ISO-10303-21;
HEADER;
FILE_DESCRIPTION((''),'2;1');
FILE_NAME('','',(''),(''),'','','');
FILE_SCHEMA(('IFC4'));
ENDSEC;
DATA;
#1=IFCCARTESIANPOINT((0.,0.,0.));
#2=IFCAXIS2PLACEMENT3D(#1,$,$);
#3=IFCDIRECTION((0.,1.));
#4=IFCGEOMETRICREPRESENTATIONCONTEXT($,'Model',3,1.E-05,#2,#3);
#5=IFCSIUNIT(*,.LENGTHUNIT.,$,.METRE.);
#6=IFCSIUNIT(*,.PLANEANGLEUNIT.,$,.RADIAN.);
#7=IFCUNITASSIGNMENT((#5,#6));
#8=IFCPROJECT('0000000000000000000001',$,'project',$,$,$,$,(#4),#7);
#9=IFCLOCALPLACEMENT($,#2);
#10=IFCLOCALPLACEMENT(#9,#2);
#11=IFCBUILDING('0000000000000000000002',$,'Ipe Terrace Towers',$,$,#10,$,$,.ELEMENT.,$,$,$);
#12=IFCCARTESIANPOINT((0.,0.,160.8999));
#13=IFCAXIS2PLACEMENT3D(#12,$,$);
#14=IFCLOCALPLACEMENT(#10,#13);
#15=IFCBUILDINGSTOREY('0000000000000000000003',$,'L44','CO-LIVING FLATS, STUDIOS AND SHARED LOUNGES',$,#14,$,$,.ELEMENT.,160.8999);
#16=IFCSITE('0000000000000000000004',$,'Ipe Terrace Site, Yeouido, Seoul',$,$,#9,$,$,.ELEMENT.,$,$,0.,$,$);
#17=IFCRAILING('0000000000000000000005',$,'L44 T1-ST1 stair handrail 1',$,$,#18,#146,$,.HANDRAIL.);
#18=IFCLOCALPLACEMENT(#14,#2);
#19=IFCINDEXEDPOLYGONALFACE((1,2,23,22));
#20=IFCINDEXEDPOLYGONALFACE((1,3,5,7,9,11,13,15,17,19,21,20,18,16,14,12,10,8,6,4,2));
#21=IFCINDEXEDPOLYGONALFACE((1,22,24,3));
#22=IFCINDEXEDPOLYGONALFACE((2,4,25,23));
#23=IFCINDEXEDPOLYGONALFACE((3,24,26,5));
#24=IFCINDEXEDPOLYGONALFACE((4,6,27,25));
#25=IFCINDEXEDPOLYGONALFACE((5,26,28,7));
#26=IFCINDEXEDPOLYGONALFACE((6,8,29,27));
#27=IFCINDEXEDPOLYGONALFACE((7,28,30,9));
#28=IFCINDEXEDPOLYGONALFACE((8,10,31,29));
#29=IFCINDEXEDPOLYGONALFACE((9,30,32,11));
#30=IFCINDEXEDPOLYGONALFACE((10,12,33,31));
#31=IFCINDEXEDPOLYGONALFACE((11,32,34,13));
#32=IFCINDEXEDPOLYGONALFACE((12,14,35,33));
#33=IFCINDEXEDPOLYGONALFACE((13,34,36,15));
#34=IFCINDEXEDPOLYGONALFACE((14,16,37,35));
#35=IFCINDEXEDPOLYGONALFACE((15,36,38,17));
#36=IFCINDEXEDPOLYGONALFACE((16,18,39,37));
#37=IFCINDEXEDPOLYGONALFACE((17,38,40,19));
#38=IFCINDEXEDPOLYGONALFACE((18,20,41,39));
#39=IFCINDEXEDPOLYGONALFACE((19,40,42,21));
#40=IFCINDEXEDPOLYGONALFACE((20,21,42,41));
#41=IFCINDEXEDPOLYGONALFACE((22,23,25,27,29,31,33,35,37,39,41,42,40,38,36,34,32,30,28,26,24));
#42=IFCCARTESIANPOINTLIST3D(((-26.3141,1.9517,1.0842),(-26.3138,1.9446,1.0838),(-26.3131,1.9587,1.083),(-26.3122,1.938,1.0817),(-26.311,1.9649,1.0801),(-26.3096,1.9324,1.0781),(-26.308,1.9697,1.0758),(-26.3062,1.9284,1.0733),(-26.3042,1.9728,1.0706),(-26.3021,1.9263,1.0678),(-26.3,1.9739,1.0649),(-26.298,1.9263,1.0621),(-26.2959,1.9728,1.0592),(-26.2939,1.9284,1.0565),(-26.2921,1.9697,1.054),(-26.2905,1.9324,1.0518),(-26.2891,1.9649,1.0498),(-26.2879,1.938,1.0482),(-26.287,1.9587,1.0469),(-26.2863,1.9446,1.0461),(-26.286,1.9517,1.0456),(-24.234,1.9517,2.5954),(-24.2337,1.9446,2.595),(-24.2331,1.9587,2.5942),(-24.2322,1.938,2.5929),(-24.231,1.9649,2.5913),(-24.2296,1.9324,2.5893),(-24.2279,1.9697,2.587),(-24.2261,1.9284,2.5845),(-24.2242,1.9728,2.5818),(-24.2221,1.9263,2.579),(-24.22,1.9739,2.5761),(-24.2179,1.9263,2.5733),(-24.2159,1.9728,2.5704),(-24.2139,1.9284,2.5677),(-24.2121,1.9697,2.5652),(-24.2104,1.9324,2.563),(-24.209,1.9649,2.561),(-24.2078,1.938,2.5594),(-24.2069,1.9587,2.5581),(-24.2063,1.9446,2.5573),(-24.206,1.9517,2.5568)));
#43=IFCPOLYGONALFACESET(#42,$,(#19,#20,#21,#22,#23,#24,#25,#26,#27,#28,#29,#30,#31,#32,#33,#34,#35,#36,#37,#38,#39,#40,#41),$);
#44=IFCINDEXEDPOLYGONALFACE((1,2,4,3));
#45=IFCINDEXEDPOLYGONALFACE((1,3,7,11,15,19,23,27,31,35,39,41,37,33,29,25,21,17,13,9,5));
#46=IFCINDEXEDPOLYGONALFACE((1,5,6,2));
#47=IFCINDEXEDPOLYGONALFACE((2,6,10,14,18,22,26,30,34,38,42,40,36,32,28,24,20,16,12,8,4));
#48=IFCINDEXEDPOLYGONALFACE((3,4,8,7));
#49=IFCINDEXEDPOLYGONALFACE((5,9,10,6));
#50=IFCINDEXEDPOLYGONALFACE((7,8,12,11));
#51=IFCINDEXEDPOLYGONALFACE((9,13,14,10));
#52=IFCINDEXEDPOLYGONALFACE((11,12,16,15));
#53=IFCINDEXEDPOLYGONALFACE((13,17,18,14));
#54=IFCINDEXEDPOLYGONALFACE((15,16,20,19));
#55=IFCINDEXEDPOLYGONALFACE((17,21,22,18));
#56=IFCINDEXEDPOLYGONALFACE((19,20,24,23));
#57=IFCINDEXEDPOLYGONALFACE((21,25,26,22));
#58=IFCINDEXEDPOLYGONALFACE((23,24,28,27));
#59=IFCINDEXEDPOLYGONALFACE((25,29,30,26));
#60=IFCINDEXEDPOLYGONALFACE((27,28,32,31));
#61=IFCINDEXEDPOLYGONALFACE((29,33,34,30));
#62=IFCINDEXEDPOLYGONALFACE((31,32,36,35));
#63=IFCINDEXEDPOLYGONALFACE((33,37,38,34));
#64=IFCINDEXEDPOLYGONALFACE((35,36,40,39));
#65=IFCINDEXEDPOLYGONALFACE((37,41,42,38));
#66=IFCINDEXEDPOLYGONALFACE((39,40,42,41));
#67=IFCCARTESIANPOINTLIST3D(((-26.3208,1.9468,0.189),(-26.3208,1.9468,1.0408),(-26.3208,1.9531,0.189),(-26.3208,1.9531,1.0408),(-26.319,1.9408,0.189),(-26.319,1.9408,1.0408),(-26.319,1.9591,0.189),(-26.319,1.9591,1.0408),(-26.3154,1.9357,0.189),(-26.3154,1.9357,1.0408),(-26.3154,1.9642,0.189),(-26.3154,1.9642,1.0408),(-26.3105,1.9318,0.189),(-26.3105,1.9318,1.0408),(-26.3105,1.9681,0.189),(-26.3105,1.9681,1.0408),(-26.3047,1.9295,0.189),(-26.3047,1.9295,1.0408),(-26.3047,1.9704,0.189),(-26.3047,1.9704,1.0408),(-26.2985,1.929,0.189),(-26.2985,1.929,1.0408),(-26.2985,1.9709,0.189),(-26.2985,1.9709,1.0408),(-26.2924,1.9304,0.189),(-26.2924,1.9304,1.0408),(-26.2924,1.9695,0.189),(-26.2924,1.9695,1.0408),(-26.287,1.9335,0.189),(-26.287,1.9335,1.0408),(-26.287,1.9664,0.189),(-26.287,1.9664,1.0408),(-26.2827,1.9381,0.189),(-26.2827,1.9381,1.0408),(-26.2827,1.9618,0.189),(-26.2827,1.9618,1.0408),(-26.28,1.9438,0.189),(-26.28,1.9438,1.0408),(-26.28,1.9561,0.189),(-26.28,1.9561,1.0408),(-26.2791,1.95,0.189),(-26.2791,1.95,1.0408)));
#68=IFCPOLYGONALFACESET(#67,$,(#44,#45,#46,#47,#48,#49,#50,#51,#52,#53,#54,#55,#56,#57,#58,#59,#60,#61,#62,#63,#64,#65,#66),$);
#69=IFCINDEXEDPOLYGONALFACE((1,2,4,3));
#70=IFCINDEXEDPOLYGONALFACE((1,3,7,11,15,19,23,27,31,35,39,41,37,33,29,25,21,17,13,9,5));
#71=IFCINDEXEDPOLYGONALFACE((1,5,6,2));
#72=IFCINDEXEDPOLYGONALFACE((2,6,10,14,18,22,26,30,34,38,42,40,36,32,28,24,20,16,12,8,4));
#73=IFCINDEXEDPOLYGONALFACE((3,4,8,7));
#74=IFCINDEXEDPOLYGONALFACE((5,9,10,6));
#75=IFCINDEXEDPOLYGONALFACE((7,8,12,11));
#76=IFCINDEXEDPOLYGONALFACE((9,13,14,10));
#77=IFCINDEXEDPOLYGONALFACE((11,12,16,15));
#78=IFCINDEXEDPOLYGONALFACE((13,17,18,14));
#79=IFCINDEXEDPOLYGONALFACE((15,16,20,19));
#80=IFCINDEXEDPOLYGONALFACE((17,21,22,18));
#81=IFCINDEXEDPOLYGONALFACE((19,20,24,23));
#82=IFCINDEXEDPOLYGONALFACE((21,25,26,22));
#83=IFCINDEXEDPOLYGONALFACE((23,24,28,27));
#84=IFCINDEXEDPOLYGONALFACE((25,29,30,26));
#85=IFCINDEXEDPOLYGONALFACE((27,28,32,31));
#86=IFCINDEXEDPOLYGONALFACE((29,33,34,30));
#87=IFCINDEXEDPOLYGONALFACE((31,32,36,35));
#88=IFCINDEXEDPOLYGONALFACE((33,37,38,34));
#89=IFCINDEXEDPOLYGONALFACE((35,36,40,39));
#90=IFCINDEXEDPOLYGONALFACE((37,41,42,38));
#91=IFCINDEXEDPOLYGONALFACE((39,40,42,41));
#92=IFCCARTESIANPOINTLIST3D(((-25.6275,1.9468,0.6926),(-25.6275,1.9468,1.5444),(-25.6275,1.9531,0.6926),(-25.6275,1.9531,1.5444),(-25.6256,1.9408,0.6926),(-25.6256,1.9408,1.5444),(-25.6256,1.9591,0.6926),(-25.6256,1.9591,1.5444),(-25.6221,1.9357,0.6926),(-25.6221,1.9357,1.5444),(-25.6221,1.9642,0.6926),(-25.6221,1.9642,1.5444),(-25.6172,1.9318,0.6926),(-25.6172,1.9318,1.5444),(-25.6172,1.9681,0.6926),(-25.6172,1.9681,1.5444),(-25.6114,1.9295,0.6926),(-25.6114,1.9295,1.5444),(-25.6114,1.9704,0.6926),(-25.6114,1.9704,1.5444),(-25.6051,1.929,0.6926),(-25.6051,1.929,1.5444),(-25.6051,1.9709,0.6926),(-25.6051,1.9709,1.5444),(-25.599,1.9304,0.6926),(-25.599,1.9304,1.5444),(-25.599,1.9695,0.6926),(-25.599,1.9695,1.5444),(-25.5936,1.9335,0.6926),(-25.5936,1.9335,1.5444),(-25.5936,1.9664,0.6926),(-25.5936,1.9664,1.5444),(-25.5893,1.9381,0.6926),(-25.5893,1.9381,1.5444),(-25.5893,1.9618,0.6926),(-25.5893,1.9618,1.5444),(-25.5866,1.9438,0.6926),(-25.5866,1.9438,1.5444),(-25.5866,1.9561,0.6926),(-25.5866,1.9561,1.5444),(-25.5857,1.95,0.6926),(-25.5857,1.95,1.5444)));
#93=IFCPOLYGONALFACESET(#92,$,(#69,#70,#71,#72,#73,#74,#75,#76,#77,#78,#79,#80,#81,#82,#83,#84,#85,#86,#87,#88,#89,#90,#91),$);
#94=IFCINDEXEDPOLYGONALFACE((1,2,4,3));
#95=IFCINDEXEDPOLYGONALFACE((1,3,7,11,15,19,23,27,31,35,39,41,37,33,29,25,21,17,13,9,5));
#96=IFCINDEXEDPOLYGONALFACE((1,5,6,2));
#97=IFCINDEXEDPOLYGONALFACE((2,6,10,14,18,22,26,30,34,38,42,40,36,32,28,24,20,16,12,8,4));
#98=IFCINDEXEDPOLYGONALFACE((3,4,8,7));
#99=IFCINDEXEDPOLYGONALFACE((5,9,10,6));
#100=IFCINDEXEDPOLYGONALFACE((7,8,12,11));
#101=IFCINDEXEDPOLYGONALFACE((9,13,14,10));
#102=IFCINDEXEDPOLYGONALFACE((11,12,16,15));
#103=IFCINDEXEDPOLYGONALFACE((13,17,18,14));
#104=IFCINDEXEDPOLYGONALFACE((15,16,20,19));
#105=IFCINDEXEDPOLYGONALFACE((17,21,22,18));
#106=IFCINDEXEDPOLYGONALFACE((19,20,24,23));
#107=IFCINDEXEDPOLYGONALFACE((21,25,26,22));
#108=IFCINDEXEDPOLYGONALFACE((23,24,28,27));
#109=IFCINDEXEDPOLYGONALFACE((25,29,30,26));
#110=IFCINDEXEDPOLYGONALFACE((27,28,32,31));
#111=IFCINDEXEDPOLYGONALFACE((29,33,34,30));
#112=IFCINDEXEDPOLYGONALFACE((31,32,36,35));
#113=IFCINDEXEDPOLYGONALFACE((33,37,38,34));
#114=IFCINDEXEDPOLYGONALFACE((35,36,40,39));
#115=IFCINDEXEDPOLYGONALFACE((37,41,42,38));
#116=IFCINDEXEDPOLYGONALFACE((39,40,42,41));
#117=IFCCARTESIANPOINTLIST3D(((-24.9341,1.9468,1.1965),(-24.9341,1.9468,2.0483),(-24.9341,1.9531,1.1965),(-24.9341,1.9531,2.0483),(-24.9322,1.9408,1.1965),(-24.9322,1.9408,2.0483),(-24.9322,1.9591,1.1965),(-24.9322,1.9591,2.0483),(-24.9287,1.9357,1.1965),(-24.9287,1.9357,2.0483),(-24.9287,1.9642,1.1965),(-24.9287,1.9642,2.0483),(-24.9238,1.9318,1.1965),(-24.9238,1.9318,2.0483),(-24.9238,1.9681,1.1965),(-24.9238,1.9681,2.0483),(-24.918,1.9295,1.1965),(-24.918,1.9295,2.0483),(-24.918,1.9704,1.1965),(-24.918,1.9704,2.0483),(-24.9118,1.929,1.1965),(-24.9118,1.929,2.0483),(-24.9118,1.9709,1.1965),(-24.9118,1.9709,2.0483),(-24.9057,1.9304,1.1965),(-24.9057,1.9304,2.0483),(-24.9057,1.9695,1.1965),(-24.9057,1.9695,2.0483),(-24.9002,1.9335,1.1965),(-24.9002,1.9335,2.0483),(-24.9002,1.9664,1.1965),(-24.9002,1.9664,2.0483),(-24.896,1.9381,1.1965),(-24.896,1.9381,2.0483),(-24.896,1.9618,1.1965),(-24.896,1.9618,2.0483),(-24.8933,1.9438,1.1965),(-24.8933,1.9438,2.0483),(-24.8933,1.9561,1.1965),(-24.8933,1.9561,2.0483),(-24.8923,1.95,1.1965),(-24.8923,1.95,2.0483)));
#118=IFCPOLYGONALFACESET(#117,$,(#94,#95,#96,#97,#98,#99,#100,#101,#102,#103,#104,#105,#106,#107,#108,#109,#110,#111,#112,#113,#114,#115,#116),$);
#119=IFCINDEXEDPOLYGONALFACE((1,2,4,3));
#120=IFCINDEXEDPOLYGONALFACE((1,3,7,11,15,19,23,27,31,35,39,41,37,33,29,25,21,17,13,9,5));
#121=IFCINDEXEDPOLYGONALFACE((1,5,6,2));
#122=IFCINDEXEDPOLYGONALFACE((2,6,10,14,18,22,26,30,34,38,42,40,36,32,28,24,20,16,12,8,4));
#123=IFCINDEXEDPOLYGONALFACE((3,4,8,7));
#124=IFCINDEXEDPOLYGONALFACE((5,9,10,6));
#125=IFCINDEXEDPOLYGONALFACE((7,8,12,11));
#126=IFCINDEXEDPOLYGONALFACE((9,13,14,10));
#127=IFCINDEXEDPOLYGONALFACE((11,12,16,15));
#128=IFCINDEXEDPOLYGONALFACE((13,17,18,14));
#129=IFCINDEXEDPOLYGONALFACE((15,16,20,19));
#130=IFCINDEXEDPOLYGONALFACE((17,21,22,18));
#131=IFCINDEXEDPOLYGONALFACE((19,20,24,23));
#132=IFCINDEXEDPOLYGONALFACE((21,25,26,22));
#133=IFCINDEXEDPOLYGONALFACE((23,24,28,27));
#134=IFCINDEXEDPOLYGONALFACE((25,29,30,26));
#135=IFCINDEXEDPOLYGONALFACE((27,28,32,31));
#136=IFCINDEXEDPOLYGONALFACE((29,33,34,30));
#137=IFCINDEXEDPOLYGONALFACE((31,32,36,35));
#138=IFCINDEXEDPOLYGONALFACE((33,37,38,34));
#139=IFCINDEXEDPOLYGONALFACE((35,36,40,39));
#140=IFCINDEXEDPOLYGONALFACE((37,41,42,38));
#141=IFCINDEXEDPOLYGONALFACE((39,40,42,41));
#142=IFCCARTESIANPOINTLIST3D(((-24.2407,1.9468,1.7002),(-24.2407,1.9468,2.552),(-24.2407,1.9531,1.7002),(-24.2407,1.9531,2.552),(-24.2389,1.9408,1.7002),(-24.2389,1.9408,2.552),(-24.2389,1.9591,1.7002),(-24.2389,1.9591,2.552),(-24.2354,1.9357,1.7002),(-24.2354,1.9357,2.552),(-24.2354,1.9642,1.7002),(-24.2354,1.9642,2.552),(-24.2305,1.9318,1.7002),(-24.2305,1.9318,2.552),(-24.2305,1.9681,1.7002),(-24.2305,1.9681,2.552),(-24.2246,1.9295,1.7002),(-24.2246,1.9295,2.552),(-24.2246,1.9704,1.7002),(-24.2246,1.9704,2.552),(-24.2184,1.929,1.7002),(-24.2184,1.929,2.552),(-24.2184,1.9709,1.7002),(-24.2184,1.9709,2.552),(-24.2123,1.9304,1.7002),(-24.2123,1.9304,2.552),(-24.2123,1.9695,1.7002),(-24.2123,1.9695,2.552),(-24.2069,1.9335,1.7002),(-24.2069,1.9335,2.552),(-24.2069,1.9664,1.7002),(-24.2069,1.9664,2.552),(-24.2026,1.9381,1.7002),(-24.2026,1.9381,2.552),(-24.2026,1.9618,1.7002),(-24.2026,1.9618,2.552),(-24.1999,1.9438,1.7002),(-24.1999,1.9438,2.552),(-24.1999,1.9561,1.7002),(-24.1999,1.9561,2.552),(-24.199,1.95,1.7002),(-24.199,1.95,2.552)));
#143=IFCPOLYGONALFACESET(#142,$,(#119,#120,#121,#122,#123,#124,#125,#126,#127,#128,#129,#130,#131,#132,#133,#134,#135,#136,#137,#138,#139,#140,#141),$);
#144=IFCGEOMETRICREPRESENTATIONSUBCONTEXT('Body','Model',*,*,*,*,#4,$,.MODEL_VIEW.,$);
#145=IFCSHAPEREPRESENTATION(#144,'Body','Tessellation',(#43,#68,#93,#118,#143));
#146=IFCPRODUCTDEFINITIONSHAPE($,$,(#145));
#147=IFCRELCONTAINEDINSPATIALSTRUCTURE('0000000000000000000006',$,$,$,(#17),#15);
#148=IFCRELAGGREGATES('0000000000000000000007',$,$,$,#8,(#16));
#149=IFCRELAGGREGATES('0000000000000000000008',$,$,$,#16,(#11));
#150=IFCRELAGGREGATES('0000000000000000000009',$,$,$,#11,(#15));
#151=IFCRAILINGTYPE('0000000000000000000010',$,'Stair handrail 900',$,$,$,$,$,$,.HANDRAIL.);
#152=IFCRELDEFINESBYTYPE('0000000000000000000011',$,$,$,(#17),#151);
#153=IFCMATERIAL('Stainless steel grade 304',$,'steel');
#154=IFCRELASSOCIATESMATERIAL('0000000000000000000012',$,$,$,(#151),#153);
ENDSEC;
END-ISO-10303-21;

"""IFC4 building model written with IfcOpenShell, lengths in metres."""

from ifc_helpers import new_model, si_unit, direction, frame, origin, origin_2d, place, context, subcontext, project, spatial, circle, extrude, material, type_object, element, save


model = new_model("IFC4")

# Units and contexts
model_context = context("Model", 3, precision=1e-05, world=origin(), true_north=direction((0.0, 1.0)))
body_context = subcontext(model_context, "Body", "Model", "MODEL_VIEW")
ifc_project = project(units=[si_unit("LENGTHUNIT", "METRE"), si_unit("PLANEANGLEUNIT", "RADIAN")], contexts=[model_context])

# Site, building, storey
site_placement = place(None, origin())
site = spatial("IfcSite", under=ifc_project, at=site_placement, Name="Ipe Terrace Site, Yeouido, Seoul", CompositionType="ELEMENT", RefElevation=0.0)
building_placement = place(site_placement, origin())
building = spatial("IfcBuilding", under=site, at=building_placement, Name="Ipe Terrace Towers", CompositionType="ELEMENT")
storey_placement = place(building_placement, frame((0.0, 0.0, 160.8999)))
storey = spatial("IfcBuildingStorey", under=building, at=storey_placement, Name="L44", Description="CO-LIVING FLATS, STUDIOS AND SHARED LOUNGES", CompositionType="ELEMENT", Elevation=160.8999)

# Railing
ifc_material_1 = material(Name="Stainless steel grade 304", Category="steel")
railing_type_1 = type_object("IfcRailingType", Name="Stair handrail 900", PredefinedType="HANDRAIL", material=ifc_material_1)
railing_1_placement = place(storey_placement, frame((-26.3, 1.95, 0.189)))
element("IfcRailing", 1, at=railing_1_placement, inside=storey, type_object=railing_type_1, Name="L44 T1-ST1 stair handrail 1", PredefinedType="HANDRAIL", context=body_context, shape_type="SweptSolid", body=[
    extrude(circle(Radius=0.0239, at=origin_2d()), frame((0.0, 0.0, 0.876), z_axis=(0.809023, 0.0, 0.587776), x_axis=(0.0, 1.0, 0.0)), (0.0, 0.0, 1.0), 2.571),
    extrude(circle(Radius=0.021, at=origin_2d()), origin(), (0.0, 0.0, 1.0), 0.8518),
    extrude(circle(Radius=0.021, at=origin_2d()), frame((0.6934, 0.0, 0.5037)), (0.0, 0.0, 1.0), 0.8518),
    extrude(circle(Radius=0.021, at=origin_2d()), frame((1.3867, 0.0, 1.0076)), (0.0, 0.0, 1.0), 0.8518),
    extrude(circle(Radius=0.021, at=origin_2d()), frame((2.0801, 0.0, 1.5112)), (0.0, 0.0, 1.0), 0.8518),
])

save(model, "model.ifc")
